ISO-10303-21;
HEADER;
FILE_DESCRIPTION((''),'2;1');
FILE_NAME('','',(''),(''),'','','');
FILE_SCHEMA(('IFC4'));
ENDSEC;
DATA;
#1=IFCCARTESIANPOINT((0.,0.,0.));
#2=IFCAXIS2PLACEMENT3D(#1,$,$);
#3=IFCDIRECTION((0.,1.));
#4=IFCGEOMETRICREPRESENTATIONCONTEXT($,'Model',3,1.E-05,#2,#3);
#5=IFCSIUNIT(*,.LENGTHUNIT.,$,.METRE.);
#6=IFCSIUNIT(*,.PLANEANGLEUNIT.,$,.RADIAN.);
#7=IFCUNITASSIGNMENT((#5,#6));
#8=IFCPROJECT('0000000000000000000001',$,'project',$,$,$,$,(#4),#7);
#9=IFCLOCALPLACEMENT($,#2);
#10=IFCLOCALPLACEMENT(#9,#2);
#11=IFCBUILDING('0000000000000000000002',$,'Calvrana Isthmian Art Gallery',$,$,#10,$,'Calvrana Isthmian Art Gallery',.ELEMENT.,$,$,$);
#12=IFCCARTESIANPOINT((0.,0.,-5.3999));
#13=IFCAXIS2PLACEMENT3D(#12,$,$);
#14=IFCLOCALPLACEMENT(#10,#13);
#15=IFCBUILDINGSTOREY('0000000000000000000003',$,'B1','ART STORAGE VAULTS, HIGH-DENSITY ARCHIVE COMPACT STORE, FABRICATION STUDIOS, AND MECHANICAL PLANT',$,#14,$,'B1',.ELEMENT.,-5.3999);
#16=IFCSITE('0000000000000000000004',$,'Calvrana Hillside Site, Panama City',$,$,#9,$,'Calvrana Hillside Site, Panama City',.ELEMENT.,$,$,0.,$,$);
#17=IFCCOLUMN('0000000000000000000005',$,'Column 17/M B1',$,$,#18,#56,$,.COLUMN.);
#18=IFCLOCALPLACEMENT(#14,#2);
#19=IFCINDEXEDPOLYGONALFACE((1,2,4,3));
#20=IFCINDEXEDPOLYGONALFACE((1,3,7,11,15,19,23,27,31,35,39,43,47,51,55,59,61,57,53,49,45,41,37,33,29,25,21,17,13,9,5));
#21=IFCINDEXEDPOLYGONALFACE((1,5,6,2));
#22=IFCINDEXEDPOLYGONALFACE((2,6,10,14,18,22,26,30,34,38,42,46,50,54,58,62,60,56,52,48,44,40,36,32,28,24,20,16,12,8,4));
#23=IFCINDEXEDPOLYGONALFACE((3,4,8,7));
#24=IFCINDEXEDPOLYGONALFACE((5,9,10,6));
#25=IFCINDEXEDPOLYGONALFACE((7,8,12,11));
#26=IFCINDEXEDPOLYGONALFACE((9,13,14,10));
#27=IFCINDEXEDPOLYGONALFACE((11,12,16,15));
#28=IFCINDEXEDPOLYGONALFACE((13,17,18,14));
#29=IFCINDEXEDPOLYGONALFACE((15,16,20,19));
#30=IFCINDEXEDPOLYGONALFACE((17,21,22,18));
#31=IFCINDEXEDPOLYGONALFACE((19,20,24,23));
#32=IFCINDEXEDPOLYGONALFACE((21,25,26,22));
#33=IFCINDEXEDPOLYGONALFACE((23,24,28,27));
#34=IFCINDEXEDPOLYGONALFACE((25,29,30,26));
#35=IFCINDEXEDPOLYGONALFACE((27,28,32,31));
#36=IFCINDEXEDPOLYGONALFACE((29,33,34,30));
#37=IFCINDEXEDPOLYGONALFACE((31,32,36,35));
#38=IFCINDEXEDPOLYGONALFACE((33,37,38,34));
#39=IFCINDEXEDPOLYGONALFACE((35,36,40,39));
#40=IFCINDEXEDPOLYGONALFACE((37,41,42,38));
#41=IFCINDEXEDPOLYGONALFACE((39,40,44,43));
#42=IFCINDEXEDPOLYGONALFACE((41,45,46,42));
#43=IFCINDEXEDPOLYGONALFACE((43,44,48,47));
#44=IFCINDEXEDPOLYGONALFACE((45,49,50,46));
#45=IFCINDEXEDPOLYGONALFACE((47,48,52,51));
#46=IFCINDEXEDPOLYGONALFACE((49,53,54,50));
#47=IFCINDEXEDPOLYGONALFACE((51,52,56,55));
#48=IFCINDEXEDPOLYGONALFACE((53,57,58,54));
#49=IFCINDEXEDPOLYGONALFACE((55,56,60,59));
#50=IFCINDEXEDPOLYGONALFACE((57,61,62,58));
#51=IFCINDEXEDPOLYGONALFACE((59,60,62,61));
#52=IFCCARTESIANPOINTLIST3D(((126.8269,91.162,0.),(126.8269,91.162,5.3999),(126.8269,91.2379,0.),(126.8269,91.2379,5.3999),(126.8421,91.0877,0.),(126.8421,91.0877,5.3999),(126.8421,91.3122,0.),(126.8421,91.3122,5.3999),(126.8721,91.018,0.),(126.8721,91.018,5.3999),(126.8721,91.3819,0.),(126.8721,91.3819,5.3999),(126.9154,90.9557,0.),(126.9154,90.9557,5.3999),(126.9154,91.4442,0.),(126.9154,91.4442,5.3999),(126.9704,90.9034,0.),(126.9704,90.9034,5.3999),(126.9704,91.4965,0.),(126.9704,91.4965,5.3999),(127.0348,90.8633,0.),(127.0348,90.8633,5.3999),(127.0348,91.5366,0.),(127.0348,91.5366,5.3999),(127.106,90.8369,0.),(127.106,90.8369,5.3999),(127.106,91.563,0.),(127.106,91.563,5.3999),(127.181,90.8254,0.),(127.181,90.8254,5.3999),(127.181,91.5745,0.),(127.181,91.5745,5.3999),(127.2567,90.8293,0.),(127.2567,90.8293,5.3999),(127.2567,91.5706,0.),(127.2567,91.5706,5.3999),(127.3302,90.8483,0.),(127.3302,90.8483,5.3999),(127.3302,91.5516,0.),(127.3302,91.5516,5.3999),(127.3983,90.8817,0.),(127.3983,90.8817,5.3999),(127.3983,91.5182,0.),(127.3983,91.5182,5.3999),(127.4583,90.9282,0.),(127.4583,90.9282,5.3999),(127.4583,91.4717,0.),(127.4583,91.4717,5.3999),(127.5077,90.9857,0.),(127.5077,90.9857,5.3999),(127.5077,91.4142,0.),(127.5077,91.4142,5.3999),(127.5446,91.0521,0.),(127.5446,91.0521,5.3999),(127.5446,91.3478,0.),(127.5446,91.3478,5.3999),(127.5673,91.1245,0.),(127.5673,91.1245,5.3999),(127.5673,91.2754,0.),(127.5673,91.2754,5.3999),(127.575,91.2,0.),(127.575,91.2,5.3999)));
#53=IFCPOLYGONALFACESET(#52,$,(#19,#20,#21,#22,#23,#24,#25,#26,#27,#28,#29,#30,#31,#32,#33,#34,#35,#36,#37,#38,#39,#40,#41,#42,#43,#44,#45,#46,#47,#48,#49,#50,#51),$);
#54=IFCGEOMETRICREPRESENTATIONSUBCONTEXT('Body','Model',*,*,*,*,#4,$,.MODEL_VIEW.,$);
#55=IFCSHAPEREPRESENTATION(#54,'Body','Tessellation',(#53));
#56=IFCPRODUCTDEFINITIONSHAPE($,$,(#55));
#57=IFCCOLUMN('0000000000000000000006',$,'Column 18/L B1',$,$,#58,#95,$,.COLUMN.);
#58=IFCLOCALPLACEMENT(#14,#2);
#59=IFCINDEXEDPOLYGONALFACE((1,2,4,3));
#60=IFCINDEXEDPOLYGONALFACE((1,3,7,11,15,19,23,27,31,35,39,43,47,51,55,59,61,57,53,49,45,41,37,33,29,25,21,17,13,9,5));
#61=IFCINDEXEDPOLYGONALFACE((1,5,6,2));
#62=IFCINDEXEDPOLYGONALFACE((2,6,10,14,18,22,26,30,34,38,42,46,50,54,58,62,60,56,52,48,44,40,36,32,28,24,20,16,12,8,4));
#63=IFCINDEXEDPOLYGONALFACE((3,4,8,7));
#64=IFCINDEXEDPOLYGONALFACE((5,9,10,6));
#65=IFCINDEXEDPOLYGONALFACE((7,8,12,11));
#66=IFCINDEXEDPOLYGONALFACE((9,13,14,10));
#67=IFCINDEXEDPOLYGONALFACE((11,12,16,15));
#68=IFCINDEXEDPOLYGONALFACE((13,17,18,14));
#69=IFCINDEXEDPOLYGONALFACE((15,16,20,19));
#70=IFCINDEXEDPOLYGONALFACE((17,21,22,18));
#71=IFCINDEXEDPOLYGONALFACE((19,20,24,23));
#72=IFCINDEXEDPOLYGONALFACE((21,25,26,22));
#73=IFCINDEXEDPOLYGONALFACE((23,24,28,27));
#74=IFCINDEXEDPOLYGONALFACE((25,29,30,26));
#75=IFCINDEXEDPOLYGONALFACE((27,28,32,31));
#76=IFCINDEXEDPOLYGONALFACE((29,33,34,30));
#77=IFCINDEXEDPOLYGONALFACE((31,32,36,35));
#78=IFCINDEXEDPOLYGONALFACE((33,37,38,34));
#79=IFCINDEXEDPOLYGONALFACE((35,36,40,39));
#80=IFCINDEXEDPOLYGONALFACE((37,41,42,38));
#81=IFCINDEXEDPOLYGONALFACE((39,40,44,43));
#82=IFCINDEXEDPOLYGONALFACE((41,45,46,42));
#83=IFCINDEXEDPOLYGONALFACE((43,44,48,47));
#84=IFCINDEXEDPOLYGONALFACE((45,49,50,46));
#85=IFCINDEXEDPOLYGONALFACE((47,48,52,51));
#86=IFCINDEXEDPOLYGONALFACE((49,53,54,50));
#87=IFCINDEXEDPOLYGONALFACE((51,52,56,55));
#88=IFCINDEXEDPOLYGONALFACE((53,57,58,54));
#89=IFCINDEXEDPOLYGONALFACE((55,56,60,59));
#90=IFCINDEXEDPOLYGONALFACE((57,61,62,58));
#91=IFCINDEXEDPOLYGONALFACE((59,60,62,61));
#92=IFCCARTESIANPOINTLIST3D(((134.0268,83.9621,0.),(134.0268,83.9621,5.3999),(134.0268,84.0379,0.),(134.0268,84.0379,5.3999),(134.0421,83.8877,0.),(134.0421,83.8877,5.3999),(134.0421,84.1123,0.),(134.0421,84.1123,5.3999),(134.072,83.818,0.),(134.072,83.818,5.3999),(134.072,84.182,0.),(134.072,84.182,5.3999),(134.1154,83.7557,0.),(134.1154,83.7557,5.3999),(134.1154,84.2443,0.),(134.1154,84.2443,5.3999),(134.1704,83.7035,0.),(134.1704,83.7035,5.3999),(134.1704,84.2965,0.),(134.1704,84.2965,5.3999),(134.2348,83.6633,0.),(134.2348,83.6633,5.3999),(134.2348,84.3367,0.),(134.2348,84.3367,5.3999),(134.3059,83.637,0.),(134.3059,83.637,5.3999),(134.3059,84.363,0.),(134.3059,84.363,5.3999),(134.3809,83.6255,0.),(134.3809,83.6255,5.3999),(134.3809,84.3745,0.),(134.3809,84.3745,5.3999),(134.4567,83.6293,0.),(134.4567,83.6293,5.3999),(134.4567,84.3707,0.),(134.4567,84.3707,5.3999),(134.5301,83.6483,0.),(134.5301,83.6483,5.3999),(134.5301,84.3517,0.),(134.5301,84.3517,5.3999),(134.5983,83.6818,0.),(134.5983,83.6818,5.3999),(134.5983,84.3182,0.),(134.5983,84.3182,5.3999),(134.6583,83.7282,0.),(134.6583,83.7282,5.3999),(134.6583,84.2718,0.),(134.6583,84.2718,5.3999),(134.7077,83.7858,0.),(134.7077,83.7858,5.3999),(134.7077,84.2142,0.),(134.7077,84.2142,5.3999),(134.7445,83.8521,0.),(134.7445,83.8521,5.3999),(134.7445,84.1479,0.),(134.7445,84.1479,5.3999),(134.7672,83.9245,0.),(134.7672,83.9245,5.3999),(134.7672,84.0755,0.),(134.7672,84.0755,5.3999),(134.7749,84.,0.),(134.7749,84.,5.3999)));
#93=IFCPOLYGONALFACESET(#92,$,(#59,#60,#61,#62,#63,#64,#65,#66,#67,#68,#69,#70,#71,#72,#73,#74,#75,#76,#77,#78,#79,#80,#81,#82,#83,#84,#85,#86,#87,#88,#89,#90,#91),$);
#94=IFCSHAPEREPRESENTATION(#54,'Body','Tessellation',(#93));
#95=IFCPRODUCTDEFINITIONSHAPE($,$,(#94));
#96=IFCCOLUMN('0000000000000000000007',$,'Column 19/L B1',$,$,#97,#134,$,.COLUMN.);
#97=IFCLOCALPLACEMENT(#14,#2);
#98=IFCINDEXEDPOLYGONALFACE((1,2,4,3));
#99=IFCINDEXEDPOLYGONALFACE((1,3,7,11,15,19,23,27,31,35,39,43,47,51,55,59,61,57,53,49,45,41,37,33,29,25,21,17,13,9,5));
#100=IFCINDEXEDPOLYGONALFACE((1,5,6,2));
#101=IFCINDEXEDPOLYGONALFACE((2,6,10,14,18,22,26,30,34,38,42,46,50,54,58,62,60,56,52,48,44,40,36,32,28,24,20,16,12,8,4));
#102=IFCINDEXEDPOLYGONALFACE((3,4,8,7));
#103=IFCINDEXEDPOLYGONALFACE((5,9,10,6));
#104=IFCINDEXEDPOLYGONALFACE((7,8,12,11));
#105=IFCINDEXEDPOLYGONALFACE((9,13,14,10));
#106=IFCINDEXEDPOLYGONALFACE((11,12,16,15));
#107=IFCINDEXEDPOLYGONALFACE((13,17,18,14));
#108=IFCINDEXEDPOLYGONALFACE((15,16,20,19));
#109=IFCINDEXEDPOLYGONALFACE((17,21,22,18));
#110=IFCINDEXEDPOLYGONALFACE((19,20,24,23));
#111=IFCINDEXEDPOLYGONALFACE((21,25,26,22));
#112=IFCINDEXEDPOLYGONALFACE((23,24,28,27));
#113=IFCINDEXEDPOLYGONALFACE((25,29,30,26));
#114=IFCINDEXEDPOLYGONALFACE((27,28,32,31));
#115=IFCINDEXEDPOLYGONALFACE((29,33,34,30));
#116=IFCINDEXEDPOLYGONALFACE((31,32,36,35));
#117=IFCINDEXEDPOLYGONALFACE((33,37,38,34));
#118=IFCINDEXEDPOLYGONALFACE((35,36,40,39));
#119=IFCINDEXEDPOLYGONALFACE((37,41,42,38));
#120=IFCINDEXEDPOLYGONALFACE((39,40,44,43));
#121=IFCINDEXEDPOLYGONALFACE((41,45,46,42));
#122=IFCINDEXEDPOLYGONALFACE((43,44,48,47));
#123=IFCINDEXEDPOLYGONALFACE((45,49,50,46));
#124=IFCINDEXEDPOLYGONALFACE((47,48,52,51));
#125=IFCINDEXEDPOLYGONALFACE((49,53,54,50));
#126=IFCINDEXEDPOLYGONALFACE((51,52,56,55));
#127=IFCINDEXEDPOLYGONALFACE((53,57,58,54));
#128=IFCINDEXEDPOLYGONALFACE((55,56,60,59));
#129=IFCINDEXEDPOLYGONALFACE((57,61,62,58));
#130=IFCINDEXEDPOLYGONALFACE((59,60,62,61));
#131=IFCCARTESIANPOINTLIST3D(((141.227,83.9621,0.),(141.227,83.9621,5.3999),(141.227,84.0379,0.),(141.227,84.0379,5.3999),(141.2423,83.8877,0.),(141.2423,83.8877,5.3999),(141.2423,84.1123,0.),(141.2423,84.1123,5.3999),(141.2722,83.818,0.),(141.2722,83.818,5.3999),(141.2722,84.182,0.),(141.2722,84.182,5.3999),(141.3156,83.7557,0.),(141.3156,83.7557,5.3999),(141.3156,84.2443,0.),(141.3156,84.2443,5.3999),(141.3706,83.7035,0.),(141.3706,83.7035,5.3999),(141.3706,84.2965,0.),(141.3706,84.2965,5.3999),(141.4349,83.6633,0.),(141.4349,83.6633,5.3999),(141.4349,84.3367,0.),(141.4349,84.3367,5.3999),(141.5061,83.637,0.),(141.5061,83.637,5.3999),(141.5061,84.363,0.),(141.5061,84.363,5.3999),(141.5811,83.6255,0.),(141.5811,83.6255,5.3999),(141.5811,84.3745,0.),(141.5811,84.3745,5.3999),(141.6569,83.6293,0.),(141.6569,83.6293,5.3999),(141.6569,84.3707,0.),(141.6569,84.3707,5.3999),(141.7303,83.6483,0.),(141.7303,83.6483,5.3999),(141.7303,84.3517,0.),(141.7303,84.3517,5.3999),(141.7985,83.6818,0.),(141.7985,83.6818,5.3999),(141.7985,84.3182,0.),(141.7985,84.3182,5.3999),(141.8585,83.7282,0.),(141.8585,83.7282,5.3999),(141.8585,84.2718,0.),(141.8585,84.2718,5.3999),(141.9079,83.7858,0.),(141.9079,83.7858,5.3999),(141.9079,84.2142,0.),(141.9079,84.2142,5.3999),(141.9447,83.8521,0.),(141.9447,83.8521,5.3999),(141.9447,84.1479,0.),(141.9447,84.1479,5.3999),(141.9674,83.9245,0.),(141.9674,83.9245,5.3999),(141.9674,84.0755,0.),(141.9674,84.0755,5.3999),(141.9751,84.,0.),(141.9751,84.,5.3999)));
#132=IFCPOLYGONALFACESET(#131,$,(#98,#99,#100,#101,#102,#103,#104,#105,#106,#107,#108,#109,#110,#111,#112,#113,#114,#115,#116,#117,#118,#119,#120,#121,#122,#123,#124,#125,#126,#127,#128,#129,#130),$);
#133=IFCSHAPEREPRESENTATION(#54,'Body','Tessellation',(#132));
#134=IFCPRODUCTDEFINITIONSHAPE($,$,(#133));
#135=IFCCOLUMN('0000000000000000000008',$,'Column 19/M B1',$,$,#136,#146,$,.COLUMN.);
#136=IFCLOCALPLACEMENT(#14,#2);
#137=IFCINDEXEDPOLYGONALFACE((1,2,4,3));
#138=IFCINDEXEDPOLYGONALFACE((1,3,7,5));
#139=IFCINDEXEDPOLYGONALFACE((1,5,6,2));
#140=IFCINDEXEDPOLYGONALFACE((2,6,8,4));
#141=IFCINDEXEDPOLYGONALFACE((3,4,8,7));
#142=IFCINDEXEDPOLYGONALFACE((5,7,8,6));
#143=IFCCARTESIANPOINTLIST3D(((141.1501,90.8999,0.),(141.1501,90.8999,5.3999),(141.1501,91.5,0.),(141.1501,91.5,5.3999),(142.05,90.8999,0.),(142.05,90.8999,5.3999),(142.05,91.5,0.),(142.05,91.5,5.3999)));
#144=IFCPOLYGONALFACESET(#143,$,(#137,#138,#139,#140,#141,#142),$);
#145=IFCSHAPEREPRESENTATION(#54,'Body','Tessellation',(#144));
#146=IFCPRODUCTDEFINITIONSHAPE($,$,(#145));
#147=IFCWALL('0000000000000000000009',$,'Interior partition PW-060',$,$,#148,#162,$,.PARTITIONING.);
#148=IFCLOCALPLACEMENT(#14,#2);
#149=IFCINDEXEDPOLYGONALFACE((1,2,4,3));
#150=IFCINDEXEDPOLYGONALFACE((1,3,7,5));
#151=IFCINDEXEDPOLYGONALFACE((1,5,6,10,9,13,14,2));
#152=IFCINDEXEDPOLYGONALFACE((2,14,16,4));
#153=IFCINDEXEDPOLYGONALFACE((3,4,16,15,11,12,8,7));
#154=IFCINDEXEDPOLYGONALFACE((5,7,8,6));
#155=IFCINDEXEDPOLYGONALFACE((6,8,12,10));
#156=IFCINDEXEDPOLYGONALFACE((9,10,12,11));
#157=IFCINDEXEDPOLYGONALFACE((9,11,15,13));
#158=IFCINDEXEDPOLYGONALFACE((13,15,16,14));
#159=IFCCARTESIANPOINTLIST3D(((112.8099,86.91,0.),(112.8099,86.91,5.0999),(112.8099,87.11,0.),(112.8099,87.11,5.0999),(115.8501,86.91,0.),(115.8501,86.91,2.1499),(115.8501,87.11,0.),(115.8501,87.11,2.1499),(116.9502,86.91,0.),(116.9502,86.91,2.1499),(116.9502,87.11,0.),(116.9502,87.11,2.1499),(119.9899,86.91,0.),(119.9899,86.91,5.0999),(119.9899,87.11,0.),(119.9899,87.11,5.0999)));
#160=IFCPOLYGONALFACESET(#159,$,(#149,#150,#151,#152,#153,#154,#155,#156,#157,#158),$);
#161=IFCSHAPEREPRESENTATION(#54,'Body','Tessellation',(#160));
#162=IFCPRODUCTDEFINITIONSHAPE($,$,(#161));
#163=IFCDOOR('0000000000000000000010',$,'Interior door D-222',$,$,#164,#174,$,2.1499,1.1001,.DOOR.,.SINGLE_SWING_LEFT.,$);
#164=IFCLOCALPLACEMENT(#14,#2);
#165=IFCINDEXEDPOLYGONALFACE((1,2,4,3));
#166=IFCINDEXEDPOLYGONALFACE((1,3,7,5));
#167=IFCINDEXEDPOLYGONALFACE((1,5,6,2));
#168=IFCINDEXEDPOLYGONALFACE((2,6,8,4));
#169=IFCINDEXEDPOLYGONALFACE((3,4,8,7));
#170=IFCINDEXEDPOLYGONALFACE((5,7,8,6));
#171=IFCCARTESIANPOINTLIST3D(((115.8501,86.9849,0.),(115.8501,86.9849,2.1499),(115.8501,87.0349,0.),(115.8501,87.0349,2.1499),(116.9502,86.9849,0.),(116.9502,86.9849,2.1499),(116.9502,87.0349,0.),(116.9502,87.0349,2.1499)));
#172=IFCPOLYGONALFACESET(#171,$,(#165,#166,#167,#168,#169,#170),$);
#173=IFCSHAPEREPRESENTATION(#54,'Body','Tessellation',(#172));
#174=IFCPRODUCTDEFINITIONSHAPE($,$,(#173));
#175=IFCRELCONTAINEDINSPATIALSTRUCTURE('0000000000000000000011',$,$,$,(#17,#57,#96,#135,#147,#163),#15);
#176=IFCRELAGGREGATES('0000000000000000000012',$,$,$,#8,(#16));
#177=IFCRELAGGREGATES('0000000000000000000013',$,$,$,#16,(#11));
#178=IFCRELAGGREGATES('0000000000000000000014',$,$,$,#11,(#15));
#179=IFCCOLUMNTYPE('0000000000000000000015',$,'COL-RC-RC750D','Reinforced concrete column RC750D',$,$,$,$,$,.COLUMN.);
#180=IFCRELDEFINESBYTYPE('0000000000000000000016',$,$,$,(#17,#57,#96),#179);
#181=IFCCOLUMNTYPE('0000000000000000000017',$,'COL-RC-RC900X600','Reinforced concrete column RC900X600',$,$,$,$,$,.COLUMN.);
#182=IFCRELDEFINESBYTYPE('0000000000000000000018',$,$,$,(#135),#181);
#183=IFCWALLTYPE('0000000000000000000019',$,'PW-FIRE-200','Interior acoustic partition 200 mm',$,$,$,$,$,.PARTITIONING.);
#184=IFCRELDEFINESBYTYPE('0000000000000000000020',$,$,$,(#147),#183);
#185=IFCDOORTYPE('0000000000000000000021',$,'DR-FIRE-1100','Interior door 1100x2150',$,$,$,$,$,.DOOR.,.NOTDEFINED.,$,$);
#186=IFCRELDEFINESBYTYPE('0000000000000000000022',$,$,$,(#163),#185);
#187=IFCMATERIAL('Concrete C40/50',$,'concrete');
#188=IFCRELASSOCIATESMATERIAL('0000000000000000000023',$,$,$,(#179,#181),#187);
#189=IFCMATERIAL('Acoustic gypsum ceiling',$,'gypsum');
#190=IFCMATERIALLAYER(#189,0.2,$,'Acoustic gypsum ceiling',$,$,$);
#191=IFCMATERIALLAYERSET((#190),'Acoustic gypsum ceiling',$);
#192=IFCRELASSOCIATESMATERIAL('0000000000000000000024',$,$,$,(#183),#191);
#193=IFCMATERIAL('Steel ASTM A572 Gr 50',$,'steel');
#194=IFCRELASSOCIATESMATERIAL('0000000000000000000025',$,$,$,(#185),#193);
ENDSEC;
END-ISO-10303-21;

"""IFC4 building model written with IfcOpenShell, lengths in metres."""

from ifc_helpers import new_model, si_unit, direction, frame, frame_2d, origin, origin_2d, place, context, subcontext, project, spatial, rectangle, circle, extrude, material, layer, layer_set, material_profile, profile_set, type_object, element, fill, save


model = new_model("IFC4")

# Units and contexts
model_context = context("Model", 3, precision=1e-05, world=origin(), true_north=direction((0.0, 1.0)))
body_context = subcontext(model_context, "Body", "Model", "MODEL_VIEW")
ifc_project = project(units=[si_unit("LENGTHUNIT", "METRE"), si_unit("PLANEANGLEUNIT", "RADIAN")], contexts=[model_context])

# Site, building, storey
site_placement = place(None, origin())
site = spatial("IfcSite", under=ifc_project, at=site_placement, Name="Calvrana Hillside Site, Panama City", LongName="Calvrana Hillside Site, Panama City", CompositionType="ELEMENT", RefElevation=0.0)
building_placement = place(site_placement, origin())
building = spatial("IfcBuilding", under=site, at=building_placement, Name="Calvrana Isthmian Art Gallery", LongName="Calvrana Isthmian Art Gallery", CompositionType="ELEMENT")
storey_placement = place(building_placement, frame((0.0, 0.0, -5.3999)))
storey = spatial("IfcBuildingStorey", under=building, at=storey_placement, Name="B1", Description="ART STORAGE VAULTS, HIGH-DENSITY ARCHIVE COMPACT STORE, FABRICATION STUDIOS, AND MECHANICAL PLANT", LongName="B1", CompositionType="ELEMENT", Elevation=-5.3999)

# Columns
ifc_material_1 = material(Name="Concrete C40/50", Category="concrete")
ifc_material_profile_1 = material_profile(ifc_material_1, circle(Radius=0.375, at=origin_2d()), Name="RC750D")
ifc_profile_set_1 = profile_set([ifc_material_profile_1], Name="Concrete C40/50")
column_type_1 = type_object("IfcColumnType", Name="COL-RC-RC750D", Description="Reinforced concrete column RC750D", PredefinedType="COLUMN", material=ifc_profile_set_1)
for number, where, z_axis, x_axis, name in (
    (1, (127.2, 91.2, 0.0), (0.0, 0.0, 1.0), (1.0, 0.0, 0.0), "Column 17/M B1"),
    (2, (134.3999, 84.0, 0.0), (0.0, 0.0, 1.0), (1.0, 0.0, 0.0), "Column 18/L B1"),
    (3, (141.6001, 84.0, 0.0), (0.0, 0.0, 1.0), (1.0, 0.0, 0.0), "Column 19/L B1"),
):
    element("IfcColumn", number, at=place(storey_placement, frame(where, z_axis=z_axis, x_axis=x_axis)), inside=storey, type_object=column_type_1, Name=name, PredefinedType="COLUMN", context=body_context, shape_type="SweptSolid", body=[
        extrude(circle(Radius=0.375, at=origin_2d()), origin(), (0.0, 0.0, 1.0), 5.3999),
    ])
ifc_material_profile_2 = material_profile(ifc_material_1, rectangle(XDim=0.8999, YDim=0.6001, at=origin_2d()), Name="RC900X600")
ifc_profile_set_2 = profile_set([ifc_material_profile_2], Name="Concrete C40/50")
column_type_2 = type_object("IfcColumnType", Name="COL-RC-RC900X600", Description="Reinforced concrete column RC900X600", PredefinedType="COLUMN", material=ifc_profile_set_2)
column_placement = place(storey_placement, frame((141.6001, 91.2, 0.0), z_axis=(0.0, 0.0, 1.0), x_axis=(1.0, 0.0, 0.0)))
element("IfcColumn", 4, at=column_placement, inside=storey, type_object=column_type_2, Name="Column 19/M B1", PredefinedType="COLUMN", context=body_context, shape_type="SweptSolid", body=[
    extrude(rectangle(XDim=0.8999, YDim=0.6001, at=origin_2d()), origin(), (0.0, 0.0, 1.0), 5.3999),
])

# Wall, opening, door
ifc_material_2 = material(Name="Acoustic gypsum ceiling", Category="gypsum")
ifc_layer_1 = layer(ifc_material_2, 0.2, Name="Acoustic gypsum ceiling")
ifc_layer_set_1 = layer_set([ifc_layer_1], Name="Acoustic gypsum ceiling")
wall_type_1 = type_object("IfcWallType", Name="PW-FIRE-200", Description="Interior acoustic partition 200 mm", PredefinedType="PARTITIONING", material=ifc_layer_set_1)
wall_1_placement = place(storey_placement, frame((112.8101, 87.01, 0.0), z_axis=(0.0, 0.0, 1.0), x_axis=(1.0, 0.0, 0.0)))
wall_1 = element("IfcWall", 5, at=wall_1_placement, inside=storey, type_object=wall_type_1, Name="Interior partition PW-060", PredefinedType="PARTITIONING", context=body_context, shape_type="SweptSolid", body=[
    extrude(rectangle(XDim=7.1799, YDim=0.2, at=frame_2d((3.5898, 0.0))), origin(), (0.0, 0.0, 1.0), 5.0999),
])
opening_1_placement = place(wall_1_placement, frame((3.04, 0.0, 0.0)))
opening_1 = element("IfcOpeningElement", 6, at=opening_1_placement, cuts=wall_1, PredefinedType="OPENING", context=body_context, shape_type="SweptSolid", body=[
    extrude(rectangle(XDim=1.1001, YDim=2.1499, at=frame_2d((0.55, 1.075))), frame((0.0, 0.1104, 0.0), z_axis=(0.0, -1.0, 0.0), x_axis=(1.0, 0.0, 0.0)), (0.0, 0.0, 1.0), 0.2205),
])
ifc_material_3 = material(Name="Steel ASTM A572 Gr 50", Category="steel")
door_type_1 = type_object("IfcDoorType", Name="DR-FIRE-1100", Description="Interior door 1100x2150", OperationType="NOTDEFINED", PredefinedType="DOOR", material=ifc_material_3)
door_1_placement = place(opening_1_placement, origin())
door_1 = element("IfcDoor", 7, at=door_1_placement, inside=storey, type_object=door_type_1, Name="Interior door D-222", OperationType="SINGLE_SWING_LEFT", OverallHeight=2.1499, OverallWidth=1.1001, PredefinedType="DOOR", context=body_context, shape_type="SweptSolid", body=[
    extrude(rectangle(XDim=1.1001, YDim=2.1499, at=frame_2d((0.55, 1.075))), frame((0.0, 0.0249, 0.0), z_axis=(0.0, -1.0, 0.0), x_axis=(1.0, 0.0, 0.0)), (0.0, 0.0, 1.0), 0.05),
])
fill(opening_1, door_1)

save(model, "model.ifc")
